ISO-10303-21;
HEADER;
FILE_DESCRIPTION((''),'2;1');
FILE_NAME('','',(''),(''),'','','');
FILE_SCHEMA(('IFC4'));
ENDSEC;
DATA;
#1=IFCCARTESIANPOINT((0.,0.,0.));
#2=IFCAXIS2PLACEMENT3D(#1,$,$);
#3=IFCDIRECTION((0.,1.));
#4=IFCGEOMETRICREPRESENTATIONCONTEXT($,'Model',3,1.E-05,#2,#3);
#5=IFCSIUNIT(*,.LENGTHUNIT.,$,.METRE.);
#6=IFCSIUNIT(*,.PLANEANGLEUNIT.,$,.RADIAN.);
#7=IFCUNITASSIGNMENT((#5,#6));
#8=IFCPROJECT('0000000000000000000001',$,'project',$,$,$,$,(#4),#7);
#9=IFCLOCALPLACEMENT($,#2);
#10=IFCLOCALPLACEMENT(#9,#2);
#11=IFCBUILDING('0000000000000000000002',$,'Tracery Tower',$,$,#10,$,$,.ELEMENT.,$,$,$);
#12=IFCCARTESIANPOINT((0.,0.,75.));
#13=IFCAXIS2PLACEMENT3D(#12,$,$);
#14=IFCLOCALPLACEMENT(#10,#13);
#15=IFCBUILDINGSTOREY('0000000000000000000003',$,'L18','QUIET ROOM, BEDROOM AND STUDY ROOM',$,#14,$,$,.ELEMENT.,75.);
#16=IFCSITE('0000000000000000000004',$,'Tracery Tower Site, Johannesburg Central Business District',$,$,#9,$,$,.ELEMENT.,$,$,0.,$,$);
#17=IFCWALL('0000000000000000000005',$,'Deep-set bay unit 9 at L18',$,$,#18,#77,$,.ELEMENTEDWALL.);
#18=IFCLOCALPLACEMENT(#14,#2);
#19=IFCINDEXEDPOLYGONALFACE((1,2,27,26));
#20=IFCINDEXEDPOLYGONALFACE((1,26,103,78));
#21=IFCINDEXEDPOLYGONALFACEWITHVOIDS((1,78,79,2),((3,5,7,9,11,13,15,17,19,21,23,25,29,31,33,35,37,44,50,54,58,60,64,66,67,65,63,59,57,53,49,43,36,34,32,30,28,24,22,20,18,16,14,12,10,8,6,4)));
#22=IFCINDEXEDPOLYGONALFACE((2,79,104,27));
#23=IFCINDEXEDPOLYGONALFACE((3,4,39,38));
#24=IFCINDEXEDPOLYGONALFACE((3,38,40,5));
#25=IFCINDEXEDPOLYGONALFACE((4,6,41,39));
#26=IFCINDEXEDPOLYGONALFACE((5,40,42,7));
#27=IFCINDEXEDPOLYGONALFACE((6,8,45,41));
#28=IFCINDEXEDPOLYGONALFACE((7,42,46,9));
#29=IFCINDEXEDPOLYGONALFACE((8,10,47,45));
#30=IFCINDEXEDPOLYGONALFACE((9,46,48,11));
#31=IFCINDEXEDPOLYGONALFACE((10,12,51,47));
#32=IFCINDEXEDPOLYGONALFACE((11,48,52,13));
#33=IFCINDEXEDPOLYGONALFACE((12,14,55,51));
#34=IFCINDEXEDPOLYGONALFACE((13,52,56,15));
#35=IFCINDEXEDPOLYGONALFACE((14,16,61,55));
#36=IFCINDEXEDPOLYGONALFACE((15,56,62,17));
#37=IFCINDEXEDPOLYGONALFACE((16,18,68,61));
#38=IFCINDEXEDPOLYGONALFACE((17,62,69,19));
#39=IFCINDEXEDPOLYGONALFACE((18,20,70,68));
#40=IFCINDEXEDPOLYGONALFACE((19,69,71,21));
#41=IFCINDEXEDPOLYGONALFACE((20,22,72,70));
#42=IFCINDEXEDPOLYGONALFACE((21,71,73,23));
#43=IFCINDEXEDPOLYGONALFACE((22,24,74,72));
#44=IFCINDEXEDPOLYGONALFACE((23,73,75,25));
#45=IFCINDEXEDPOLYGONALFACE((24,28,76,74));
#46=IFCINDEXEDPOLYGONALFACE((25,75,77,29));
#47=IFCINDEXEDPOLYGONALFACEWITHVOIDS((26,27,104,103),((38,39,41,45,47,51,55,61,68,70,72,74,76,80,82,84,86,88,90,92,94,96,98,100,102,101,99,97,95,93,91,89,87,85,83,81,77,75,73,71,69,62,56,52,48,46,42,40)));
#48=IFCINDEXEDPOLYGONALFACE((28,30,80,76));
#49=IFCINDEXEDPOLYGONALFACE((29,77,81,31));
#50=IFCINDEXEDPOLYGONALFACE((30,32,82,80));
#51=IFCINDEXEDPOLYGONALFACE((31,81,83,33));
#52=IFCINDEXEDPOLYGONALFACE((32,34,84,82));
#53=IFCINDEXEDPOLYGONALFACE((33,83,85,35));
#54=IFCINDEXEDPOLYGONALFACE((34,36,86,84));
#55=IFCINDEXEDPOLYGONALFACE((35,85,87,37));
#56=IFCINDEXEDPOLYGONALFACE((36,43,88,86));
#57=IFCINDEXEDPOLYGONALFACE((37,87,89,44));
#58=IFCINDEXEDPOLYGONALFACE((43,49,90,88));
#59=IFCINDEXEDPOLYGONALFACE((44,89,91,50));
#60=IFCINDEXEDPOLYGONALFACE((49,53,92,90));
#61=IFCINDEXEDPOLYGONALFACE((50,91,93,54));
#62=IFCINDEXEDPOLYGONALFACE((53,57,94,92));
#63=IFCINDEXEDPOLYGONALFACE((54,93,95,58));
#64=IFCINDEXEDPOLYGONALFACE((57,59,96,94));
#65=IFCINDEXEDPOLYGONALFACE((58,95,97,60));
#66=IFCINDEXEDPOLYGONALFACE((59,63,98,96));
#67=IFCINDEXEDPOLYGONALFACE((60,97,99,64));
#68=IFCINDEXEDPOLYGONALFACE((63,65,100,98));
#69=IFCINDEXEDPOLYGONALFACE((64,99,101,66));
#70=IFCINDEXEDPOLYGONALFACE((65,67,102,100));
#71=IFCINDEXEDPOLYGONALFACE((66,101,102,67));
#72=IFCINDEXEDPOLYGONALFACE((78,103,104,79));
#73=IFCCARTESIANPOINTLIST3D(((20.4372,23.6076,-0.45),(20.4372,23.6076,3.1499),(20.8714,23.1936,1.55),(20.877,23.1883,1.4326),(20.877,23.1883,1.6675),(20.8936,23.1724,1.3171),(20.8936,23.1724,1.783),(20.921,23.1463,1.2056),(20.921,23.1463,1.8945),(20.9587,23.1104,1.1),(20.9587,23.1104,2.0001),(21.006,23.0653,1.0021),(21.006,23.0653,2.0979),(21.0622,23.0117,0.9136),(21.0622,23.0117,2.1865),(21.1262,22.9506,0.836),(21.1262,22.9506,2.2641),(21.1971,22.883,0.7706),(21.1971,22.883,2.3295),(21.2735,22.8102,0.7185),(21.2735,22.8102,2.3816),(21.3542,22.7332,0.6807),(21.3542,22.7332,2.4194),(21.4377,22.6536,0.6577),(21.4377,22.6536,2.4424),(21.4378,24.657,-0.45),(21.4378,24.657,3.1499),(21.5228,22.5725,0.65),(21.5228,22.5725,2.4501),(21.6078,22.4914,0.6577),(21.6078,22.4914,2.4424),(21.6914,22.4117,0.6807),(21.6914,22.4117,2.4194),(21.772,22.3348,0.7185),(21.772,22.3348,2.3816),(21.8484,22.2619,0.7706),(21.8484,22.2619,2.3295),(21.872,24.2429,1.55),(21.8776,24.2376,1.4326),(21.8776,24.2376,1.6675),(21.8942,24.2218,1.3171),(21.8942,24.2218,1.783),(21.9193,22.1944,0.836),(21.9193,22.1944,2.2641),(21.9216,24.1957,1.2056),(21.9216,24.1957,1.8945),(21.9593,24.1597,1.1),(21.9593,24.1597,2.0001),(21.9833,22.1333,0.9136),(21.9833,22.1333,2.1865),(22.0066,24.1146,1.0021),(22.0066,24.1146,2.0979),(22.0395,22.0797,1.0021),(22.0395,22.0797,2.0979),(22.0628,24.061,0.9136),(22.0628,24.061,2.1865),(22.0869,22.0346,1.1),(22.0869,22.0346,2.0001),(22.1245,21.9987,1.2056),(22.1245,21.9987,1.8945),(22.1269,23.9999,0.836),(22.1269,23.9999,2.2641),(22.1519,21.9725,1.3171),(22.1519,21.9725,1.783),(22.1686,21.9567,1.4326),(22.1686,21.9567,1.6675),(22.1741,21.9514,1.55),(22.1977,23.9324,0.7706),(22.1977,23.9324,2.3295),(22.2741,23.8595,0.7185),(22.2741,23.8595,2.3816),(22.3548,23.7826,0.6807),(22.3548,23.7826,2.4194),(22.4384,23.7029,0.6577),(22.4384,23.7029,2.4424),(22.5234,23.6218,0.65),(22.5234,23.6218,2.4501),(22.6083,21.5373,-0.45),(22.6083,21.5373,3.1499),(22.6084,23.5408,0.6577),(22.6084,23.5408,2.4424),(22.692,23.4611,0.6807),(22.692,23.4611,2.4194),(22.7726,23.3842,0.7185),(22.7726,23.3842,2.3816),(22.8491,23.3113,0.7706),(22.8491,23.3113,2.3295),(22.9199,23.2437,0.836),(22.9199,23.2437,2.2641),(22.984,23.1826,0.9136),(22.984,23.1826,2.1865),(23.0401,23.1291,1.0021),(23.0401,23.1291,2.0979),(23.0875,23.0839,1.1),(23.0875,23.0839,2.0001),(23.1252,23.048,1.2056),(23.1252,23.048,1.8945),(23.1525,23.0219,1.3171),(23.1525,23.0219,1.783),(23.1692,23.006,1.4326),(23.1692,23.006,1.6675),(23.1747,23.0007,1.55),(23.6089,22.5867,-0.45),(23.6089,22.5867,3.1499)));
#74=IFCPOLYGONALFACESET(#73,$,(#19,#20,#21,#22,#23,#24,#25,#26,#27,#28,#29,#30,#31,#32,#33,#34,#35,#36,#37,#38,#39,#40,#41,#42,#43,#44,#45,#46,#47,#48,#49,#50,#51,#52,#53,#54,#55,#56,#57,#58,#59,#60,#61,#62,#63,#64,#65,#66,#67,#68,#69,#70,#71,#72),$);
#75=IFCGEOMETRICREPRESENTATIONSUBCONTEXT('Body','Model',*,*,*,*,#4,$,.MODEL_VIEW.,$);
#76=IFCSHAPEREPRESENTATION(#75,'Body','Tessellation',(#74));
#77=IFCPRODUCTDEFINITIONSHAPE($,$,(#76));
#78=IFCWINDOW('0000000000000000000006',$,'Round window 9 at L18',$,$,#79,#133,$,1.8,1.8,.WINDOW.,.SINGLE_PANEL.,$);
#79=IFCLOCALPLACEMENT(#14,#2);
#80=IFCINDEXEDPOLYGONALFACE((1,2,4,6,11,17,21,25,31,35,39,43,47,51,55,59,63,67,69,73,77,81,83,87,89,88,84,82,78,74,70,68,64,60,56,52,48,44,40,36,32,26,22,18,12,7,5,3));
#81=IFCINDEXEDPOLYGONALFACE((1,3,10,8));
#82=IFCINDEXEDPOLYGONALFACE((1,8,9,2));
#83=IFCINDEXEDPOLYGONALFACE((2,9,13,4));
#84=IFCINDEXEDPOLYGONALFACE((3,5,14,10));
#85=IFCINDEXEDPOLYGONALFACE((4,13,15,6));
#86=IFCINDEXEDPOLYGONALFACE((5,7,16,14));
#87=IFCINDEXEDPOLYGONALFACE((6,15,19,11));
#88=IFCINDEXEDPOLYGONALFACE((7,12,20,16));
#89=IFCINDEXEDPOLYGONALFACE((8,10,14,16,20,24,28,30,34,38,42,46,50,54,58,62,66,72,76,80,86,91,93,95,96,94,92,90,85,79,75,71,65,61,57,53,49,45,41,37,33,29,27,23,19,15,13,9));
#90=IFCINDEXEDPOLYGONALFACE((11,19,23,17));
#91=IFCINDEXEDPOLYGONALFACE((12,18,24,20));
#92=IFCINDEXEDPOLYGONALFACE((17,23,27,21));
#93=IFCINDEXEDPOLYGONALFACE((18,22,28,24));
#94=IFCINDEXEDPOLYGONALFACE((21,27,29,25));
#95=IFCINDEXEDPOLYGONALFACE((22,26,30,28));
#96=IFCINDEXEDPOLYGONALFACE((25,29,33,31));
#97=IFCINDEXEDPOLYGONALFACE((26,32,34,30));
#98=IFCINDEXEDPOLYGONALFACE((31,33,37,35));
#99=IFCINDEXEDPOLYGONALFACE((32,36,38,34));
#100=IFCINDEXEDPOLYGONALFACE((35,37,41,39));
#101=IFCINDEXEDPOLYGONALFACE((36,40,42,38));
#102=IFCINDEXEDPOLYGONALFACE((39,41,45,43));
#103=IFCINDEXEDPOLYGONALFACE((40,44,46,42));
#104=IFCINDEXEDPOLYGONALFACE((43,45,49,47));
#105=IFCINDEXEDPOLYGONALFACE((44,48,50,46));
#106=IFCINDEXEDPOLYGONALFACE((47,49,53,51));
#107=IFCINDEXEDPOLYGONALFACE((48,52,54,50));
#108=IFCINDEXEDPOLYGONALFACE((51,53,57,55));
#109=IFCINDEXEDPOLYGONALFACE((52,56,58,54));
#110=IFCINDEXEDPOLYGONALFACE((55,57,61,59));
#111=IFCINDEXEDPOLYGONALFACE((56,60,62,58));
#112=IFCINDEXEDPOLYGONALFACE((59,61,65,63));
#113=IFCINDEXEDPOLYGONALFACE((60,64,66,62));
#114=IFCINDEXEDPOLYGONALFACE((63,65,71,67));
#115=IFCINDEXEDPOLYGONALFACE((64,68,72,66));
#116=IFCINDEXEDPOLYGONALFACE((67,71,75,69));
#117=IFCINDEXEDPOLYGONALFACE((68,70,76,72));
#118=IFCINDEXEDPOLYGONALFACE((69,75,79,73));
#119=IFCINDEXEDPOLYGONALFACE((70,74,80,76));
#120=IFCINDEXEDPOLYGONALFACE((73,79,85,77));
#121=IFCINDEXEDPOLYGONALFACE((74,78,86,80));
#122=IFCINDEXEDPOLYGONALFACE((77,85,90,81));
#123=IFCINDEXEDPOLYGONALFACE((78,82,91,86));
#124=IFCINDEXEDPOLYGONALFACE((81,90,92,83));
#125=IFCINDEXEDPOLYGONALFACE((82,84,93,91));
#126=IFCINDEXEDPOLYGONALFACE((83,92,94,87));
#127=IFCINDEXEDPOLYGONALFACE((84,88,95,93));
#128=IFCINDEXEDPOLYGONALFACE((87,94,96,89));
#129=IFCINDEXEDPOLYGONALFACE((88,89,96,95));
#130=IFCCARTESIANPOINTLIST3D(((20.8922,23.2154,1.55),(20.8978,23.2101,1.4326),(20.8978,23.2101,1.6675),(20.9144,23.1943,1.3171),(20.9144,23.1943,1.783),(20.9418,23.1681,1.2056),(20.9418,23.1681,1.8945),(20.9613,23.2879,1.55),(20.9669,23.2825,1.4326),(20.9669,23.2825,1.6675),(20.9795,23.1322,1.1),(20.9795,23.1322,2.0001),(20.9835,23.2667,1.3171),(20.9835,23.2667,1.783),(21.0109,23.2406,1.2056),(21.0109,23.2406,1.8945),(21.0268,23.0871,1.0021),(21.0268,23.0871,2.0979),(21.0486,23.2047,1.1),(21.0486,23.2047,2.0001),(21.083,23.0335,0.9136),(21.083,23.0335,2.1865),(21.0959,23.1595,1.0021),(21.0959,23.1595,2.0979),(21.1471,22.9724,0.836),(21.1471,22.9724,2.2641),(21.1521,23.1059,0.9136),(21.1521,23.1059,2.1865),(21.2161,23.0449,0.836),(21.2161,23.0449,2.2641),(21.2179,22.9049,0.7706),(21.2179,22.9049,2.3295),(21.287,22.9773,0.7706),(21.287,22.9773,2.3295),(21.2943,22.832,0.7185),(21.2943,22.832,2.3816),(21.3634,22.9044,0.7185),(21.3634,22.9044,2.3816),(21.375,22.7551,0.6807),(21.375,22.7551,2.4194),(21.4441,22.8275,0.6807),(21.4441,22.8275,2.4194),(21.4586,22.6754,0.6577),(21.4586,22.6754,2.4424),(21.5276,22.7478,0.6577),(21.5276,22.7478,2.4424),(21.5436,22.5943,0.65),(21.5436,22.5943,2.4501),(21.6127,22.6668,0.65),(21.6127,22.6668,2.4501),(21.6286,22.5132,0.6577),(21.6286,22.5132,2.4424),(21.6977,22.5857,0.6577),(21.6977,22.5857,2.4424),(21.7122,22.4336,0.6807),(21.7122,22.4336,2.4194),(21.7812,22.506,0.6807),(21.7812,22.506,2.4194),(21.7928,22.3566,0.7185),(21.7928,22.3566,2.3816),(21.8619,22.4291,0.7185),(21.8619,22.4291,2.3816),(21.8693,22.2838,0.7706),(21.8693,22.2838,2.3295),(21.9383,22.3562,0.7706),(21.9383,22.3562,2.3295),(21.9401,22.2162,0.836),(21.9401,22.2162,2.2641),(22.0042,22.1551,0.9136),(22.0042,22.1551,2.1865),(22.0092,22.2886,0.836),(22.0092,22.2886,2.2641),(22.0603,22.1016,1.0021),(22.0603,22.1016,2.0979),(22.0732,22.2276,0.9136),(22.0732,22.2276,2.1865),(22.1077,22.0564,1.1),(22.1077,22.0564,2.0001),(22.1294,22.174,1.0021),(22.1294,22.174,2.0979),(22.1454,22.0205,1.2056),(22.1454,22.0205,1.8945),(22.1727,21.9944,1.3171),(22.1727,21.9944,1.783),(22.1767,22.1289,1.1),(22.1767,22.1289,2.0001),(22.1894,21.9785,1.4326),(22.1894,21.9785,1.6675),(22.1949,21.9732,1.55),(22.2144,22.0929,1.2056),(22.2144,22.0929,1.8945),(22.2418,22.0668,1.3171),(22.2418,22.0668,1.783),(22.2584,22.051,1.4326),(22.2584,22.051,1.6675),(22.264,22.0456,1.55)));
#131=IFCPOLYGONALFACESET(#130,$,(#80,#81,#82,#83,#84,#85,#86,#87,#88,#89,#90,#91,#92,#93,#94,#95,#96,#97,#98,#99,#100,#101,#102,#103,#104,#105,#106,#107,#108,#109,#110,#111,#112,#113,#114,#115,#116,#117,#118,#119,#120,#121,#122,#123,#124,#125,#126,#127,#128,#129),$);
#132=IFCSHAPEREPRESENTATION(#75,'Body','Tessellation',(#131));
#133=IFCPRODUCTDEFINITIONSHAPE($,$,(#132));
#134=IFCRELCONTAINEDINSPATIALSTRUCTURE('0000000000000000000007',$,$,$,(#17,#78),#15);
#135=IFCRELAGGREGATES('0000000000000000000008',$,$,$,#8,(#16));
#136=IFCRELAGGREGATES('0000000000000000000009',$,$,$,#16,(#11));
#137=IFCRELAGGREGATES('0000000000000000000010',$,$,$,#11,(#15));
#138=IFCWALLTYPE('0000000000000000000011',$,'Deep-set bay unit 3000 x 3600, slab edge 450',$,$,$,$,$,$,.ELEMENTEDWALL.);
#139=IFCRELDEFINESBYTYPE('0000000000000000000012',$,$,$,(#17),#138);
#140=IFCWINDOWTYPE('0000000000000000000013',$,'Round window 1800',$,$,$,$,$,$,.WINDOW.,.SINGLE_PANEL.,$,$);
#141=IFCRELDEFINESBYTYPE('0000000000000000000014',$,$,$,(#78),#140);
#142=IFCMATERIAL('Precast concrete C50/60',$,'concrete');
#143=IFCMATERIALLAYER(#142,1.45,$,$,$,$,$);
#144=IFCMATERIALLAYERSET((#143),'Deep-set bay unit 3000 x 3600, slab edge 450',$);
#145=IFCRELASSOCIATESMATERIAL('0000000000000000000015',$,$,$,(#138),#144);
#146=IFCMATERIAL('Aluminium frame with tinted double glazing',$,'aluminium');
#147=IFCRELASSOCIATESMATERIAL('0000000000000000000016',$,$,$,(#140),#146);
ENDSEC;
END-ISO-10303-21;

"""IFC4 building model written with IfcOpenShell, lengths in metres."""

from ifc_helpers import new_model, si_unit, direction, frame, frame_2d, origin, origin_2d, place, context, subcontext, project, spatial, rectangle, circle, extrude, material, layer, layer_set, type_object, element, fill, save


model = new_model("IFC4")

# Units and contexts
model_context = context("Model", 3, precision=1e-05, world=origin(), true_north=direction((0.0, 1.0)))
body_context = subcontext(model_context, "Body", "Model", "MODEL_VIEW")
ifc_project = project(units=[si_unit("LENGTHUNIT", "METRE"), si_unit("PLANEANGLEUNIT", "RADIAN")], contexts=[model_context])

# Site, building, storey
site_placement = place(None, origin())
site = spatial("IfcSite", under=ifc_project, at=site_placement, Name="Tracery Tower Site, Johannesburg Central Business District", CompositionType="ELEMENT", RefElevation=0.0)
building_placement = place(site_placement, origin())
building = spatial("IfcBuilding", under=site, at=building_placement, Name="Tracery Tower", CompositionType="ELEMENT")
storey_placement = place(building_placement, frame((0.0, 0.0, 75.0)))
storey = spatial("IfcBuildingStorey", under=building, at=storey_placement, Name="L18", Description="QUIET ROOM, BEDROOM AND STUDY ROOM", CompositionType="ELEMENT", Elevation=75.0)

# Wall, opening, window
ifc_material_1 = material(Name="Precast concrete C50/60", Category="concrete")
ifc_layer_1 = layer(ifc_material_1, 1.45)
ifc_layer_set_1 = layer_set([ifc_layer_1], Name="Deep-set bay unit 3000 x 3600, slab edge 450")
wall_type_1 = type_object("IfcWallType", Name="Deep-set bay unit 3000 x 3600, slab edge 450", PredefinedType="ELEMENTEDWALL", material=ifc_layer_set_1)
wall_1_placement = place(storey_placement, frame((23.1086, 22.062, -0.45), z_axis=(0.0, 0.0, 1.0), x_axis=(-0.723712, 0.690102, 0.0)))
wall_1 = element("IfcWall", 1, at=wall_1_placement, inside=storey, type_object=wall_type_1, Name="Deep-set bay unit 9 at L18", PredefinedType="ELEMENTEDWALL", context=body_context, shape_type="SweptSolid", body=[
    extrude(rectangle(XDim=3.0, YDim=1.45, at=frame_2d((1.5, 0.0))), origin(), (0.0, 0.0, 1.0), 3.5999),
])
opening_1_placement = place(wall_1_placement, frame((1.5, 0.0, 2.0)))
opening_1 = element("IfcOpeningElement", 2, at=opening_1_placement, cuts=wall_1, PredefinedType="OPENING", context=body_context, shape_type="SweptSolid", body=[
    extrude(circle(Radius=0.9, at=origin_2d()), frame((0.0, 0.7349, 0.0), z_axis=(0.0, -1.0, 0.0), x_axis=(1.0, 0.0, 0.0)), (0.0, 0.0, 1.0), 1.47),
])
ifc_material_2 = material(Name="Aluminium frame with tinted double glazing", Category="aluminium")
window_type = type_object("IfcWindowType", Name="Round window 1800", PartitioningType="SINGLE_PANEL", PredefinedType="WINDOW", material=ifc_material_2)
window_1_placement = place(opening_1_placement, origin())
window_1 = element("IfcWindow", 3, at=window_1_placement, inside=storey, type_object=window_type, Name="Round window 9 at L18", OverallHeight=1.8, OverallWidth=1.8, PartitioningType="SINGLE_PANEL", PredefinedType="WINDOW", context=body_context, shape_type="SweptSolid", body=[
    extrude(circle(Radius=0.9, at=origin_2d()), frame((0.0, 0.6948, 0.0), z_axis=(0.0, -1.0, 0.0), x_axis=(1.0, 0.0, 0.0)), (0.0, 0.0, 1.0), 0.1001),
])
fill(opening_1, window_1)

save(model, "model.ifc")
